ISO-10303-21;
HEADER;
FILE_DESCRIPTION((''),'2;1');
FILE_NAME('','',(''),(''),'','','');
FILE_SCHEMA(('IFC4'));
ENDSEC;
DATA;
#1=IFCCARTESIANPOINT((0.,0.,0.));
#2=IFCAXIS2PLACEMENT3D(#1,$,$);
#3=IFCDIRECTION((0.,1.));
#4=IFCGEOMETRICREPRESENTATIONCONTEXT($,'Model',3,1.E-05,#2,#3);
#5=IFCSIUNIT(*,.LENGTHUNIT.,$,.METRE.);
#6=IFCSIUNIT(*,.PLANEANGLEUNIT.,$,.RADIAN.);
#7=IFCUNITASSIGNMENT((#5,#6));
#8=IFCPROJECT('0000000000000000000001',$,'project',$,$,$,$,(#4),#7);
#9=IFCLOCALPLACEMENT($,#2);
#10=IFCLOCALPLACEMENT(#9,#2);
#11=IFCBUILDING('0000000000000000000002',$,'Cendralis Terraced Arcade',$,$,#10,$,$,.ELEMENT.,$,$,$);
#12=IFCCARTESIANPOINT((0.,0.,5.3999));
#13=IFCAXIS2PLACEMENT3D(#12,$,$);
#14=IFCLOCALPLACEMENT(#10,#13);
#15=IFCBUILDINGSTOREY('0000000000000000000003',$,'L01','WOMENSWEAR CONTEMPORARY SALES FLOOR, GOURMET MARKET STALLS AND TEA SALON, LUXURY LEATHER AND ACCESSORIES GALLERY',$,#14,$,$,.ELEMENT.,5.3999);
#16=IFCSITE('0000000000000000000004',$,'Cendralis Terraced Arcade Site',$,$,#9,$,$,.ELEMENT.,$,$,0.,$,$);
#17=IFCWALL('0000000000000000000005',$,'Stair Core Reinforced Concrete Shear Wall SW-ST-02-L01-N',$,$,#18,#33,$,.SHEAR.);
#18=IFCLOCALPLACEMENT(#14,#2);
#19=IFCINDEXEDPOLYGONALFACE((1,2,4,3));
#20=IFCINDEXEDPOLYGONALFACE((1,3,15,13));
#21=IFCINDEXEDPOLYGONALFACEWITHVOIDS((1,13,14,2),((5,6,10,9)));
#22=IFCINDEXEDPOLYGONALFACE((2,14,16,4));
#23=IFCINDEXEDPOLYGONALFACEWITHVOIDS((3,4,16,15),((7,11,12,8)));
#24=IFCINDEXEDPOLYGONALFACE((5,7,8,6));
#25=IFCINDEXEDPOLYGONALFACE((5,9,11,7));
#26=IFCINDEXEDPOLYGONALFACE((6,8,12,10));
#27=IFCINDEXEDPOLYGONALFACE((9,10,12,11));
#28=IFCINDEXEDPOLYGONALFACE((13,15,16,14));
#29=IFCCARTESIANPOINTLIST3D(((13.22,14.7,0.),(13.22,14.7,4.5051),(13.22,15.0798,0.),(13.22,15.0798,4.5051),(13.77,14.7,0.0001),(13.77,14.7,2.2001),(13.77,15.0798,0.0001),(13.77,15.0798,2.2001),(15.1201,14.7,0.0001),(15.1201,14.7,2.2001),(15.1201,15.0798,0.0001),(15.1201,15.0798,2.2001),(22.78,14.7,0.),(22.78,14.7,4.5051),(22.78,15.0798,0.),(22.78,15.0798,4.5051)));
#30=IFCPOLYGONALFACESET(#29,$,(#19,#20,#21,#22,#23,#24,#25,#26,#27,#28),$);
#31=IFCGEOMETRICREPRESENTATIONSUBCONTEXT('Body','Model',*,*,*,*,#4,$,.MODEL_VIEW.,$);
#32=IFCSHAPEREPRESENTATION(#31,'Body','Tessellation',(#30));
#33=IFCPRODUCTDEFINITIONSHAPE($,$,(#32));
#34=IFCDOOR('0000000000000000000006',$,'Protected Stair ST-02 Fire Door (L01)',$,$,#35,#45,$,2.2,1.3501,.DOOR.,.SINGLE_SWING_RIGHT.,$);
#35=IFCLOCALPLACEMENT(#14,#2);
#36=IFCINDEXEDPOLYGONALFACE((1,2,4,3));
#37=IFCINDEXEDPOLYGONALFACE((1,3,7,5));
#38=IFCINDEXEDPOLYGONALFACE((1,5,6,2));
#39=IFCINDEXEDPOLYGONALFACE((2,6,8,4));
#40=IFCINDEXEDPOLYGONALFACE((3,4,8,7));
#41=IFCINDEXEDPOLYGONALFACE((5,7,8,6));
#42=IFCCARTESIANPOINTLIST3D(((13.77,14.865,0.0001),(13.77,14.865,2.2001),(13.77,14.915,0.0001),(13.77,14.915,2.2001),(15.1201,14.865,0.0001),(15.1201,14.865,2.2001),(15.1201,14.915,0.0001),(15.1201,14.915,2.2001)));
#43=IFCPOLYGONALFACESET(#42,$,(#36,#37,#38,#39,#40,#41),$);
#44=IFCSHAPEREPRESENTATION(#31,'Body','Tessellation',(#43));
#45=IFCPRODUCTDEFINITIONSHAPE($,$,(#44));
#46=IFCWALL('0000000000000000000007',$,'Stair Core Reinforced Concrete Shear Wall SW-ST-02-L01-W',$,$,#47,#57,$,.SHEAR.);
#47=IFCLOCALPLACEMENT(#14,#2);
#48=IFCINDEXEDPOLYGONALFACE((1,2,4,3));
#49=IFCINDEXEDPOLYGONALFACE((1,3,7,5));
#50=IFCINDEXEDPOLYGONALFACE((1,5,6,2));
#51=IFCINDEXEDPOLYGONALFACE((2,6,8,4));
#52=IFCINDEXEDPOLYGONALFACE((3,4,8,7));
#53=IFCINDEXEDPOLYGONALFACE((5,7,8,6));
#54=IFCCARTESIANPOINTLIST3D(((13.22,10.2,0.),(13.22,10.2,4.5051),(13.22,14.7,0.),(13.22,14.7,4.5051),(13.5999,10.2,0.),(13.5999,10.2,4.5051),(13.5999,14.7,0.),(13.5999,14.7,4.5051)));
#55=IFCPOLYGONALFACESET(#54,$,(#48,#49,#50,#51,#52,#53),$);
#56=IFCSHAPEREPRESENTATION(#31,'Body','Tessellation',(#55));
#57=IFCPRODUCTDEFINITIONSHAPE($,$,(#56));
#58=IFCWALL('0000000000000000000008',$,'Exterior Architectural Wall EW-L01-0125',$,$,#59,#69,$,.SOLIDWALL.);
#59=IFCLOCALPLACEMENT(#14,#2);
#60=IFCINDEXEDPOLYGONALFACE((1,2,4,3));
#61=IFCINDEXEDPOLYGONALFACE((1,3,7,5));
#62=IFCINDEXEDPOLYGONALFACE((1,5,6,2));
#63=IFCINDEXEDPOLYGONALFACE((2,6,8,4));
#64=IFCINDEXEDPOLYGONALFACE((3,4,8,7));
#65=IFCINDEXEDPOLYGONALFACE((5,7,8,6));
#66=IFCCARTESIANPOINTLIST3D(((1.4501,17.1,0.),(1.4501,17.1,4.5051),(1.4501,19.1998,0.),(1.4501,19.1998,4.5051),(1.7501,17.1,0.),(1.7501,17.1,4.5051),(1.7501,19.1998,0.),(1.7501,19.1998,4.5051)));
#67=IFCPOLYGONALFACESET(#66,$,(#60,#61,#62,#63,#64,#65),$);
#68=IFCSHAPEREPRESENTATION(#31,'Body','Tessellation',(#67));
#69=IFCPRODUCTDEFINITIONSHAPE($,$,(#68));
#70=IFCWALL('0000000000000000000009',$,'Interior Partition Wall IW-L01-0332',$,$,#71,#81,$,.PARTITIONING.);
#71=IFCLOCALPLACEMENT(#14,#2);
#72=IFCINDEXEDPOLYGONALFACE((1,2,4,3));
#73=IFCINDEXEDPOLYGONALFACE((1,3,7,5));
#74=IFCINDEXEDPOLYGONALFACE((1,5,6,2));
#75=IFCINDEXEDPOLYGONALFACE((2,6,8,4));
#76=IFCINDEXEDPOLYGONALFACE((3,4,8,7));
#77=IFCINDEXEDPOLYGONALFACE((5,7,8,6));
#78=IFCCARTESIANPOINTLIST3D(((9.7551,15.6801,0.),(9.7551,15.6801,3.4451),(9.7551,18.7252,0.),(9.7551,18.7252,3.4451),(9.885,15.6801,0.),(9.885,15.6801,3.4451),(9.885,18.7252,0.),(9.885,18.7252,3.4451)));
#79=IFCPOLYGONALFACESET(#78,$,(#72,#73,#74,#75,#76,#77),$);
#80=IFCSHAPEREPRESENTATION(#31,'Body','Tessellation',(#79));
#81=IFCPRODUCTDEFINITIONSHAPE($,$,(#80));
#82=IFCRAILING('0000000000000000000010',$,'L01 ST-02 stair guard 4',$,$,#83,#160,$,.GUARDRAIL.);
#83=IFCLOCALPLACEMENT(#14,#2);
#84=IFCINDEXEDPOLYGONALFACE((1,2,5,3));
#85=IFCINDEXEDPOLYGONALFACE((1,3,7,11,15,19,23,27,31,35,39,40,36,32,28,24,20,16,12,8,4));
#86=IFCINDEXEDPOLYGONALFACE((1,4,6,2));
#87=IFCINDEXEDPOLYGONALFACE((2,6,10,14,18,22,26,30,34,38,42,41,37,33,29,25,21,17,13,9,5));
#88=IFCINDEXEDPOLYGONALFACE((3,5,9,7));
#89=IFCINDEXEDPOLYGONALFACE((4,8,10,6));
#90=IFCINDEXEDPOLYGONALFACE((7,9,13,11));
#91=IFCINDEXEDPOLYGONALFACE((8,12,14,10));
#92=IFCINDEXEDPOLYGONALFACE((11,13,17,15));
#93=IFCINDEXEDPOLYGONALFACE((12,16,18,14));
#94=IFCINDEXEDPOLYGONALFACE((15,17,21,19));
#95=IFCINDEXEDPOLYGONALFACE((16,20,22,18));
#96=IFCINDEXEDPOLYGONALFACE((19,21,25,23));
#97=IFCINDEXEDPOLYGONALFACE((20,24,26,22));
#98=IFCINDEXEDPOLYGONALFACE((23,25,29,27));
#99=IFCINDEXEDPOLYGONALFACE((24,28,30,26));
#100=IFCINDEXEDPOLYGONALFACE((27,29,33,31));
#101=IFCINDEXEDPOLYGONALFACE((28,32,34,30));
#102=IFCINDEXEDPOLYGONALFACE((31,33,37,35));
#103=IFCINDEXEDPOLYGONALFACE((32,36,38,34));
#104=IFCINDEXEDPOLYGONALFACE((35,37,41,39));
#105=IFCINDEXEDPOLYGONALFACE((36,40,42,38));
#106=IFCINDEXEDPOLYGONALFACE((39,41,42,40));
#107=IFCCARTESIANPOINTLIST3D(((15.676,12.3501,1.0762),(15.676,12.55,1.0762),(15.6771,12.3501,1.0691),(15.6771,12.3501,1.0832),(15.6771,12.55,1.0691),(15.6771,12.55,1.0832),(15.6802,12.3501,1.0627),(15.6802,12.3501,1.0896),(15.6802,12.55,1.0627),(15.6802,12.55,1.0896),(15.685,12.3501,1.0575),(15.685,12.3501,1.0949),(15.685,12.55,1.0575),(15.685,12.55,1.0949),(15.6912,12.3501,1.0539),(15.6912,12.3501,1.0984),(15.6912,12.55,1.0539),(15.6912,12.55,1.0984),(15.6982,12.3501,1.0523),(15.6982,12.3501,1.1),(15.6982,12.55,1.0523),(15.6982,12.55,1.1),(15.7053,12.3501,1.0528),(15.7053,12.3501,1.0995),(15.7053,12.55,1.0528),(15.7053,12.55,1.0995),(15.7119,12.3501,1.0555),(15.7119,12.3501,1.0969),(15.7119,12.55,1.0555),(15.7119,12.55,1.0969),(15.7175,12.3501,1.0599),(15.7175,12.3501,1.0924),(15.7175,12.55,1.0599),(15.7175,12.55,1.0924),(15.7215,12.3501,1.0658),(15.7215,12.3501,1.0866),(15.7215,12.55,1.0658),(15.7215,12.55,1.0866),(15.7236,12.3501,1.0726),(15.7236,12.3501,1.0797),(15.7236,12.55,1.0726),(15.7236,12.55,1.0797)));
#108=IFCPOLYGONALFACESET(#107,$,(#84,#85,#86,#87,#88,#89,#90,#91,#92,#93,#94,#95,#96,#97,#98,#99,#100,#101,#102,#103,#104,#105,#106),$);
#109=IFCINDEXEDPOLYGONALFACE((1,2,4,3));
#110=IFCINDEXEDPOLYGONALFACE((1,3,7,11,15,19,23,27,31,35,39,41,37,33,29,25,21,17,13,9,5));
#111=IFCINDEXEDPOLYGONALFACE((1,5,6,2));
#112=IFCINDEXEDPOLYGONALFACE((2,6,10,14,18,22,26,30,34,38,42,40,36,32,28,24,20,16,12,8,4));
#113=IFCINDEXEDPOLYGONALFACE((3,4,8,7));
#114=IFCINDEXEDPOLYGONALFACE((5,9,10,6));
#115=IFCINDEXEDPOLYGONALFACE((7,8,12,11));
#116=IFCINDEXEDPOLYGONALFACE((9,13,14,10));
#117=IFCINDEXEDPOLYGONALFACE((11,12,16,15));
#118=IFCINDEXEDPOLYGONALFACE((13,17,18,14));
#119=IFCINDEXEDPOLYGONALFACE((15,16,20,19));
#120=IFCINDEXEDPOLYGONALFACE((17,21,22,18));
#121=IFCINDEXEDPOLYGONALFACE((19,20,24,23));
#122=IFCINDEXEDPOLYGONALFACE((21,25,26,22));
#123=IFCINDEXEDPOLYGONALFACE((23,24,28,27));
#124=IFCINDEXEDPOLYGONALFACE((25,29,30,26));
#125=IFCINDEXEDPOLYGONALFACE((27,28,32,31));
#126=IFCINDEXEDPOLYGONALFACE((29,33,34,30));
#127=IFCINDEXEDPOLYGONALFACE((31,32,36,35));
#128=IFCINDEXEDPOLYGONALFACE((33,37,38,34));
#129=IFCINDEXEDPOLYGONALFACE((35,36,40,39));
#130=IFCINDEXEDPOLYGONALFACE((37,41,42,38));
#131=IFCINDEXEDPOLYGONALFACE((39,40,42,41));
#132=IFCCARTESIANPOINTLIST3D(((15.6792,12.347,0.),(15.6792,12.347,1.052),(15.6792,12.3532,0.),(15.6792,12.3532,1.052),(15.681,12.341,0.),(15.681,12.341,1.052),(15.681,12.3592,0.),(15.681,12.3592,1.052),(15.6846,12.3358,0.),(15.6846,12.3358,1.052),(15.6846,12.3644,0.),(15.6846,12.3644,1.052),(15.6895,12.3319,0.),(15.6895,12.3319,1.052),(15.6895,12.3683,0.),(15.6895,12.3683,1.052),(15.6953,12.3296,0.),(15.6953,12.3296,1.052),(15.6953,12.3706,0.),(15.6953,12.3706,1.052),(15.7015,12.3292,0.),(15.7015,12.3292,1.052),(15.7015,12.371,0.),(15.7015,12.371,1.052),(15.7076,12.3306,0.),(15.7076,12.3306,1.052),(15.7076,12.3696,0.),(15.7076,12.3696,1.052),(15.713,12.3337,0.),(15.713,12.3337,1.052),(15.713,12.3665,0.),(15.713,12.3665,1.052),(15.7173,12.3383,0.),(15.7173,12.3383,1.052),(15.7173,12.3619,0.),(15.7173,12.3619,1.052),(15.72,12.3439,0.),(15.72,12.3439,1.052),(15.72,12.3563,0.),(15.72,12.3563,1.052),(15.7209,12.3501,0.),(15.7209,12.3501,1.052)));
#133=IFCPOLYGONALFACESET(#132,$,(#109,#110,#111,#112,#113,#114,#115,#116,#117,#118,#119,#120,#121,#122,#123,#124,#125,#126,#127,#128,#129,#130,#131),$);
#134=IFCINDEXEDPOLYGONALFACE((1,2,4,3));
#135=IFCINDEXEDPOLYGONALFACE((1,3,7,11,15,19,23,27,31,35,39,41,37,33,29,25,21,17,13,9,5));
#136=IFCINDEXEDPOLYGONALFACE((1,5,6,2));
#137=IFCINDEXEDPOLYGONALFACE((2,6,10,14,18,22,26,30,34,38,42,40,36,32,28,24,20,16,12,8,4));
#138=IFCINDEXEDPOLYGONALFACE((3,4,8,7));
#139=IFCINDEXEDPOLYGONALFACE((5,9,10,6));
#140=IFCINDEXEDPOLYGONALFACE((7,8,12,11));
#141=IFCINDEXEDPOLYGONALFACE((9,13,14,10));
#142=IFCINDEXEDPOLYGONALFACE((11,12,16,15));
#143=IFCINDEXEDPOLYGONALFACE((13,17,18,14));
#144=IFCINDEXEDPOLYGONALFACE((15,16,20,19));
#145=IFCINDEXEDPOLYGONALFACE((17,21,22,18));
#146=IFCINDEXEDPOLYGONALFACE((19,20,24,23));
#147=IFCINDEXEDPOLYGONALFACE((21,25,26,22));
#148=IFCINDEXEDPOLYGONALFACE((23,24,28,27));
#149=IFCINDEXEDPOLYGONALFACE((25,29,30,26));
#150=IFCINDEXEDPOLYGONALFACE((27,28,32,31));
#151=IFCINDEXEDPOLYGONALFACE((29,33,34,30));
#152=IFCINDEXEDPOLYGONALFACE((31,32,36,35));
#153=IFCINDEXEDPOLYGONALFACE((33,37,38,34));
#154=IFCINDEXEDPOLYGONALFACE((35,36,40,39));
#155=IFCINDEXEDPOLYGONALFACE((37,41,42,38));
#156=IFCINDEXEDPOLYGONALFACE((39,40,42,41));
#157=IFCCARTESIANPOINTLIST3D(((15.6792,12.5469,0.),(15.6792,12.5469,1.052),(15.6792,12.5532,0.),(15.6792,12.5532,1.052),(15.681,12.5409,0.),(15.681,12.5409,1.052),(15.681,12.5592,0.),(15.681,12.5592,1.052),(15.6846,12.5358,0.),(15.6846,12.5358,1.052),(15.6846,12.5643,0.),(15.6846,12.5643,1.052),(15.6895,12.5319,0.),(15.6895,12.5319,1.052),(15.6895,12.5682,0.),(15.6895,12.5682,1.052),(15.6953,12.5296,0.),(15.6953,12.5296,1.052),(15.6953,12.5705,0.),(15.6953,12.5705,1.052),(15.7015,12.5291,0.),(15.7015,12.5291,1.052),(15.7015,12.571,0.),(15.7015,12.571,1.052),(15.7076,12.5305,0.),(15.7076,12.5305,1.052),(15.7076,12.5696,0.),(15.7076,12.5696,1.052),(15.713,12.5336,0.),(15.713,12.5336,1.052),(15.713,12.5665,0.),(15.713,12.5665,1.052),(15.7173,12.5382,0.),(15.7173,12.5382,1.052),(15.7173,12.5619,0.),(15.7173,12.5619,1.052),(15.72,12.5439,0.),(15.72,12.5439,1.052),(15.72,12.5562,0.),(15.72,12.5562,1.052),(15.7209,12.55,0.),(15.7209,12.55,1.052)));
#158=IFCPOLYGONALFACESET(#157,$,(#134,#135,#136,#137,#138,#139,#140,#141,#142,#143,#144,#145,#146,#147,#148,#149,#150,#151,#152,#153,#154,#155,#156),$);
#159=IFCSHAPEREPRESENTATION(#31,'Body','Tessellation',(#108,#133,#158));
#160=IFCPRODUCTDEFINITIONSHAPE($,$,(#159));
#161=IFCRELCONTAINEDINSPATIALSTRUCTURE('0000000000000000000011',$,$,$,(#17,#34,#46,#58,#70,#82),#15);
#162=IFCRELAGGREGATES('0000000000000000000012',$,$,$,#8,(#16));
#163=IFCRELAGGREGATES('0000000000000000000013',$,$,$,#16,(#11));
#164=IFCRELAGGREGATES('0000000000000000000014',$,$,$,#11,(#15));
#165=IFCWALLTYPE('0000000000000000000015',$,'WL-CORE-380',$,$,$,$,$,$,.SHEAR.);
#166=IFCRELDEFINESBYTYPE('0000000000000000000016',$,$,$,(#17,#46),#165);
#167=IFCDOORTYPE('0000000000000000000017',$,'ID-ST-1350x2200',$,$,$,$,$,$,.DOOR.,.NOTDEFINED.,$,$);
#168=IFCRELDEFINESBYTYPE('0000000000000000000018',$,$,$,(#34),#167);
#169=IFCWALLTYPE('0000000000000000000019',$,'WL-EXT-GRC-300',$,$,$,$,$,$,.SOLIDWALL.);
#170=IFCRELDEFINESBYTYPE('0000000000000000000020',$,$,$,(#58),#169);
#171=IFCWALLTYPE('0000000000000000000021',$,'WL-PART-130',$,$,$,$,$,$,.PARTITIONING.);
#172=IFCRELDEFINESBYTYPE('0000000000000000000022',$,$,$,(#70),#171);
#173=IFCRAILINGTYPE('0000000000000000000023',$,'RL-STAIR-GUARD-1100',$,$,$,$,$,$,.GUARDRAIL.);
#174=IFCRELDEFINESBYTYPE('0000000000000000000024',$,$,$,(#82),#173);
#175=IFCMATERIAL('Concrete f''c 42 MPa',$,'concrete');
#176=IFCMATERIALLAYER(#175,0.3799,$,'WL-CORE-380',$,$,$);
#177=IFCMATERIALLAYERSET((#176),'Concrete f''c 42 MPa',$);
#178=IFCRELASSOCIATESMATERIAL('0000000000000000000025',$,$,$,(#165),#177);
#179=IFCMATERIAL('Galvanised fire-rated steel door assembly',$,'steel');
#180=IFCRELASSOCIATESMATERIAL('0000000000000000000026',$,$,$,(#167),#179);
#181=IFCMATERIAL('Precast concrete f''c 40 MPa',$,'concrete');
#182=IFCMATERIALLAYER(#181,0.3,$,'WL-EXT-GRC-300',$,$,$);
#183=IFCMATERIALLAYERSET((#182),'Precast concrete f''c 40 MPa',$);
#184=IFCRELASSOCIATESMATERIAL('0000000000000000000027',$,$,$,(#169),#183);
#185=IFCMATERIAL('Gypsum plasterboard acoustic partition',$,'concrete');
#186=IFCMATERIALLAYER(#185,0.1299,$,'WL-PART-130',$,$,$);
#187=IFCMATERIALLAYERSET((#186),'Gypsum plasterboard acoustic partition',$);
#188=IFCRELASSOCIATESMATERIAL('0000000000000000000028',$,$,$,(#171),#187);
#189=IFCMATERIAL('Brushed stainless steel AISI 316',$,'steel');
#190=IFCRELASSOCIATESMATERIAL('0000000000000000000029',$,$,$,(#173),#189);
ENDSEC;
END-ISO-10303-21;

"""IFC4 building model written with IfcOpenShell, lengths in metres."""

from ifc_helpers import new_model, si_unit, direction, frame, frame_2d, origin, origin_2d, place, context, subcontext, project, spatial, rectangle, circle, extrude, material, layer, layer_set, type_object, element, fill, save


model = new_model("IFC4")

# Units and contexts
model_context = context("Model", 3, precision=1e-05, world=origin(), true_north=direction((0.0, 1.0)))
body_context = subcontext(model_context, "Body", "Model", "MODEL_VIEW")
ifc_project = project(units=[si_unit("LENGTHUNIT", "METRE"), si_unit("PLANEANGLEUNIT", "RADIAN")], contexts=[model_context])

# Site, building, storey
site_placement = place(None, origin())
site = spatial("IfcSite", under=ifc_project, at=site_placement, Name="Cendralis Terraced Arcade Site", CompositionType="ELEMENT", RefElevation=0.0)
building_placement = place(site_placement, origin())
building = spatial("IfcBuilding", under=site, at=building_placement, Name="Cendralis Terraced Arcade", CompositionType="ELEMENT")
storey_placement = place(building_placement, frame((0.0, 0.0, 5.3999)))
storey = spatial("IfcBuildingStorey", under=building, at=storey_placement, Name="L01", Description="WOMENSWEAR CONTEMPORARY SALES FLOOR, GOURMET MARKET STALLS AND TEA SALON, LUXURY LEATHER AND ACCESSORIES GALLERY", CompositionType="ELEMENT", Elevation=5.3999)

# Shared definitions
ifc_material_1 = material(Name="Concrete f'c 42 MPa", Category="concrete")

# Shared definitions
ifc_layer_1 = layer(ifc_material_1, 0.3799, Name="WL-CORE-380")
ifc_layer_set_1 = layer_set([ifc_layer_1], Name="Concrete f'c 42 MPa")
wall_type_1 = type_object("IfcWallType", Name="WL-CORE-380", PredefinedType="SHEAR", material=ifc_layer_set_1)

# Wall, opening, door
wall_1_placement = place(storey_placement, frame((13.22, 14.8899, 0.0), z_axis=(0.0, 0.0, 1.0), x_axis=(1.0, 0.0, 0.0)))
wall_1 = element("IfcWall", 1, at=wall_1_placement, inside=storey, type_object=wall_type_1, Name="Stair Core Reinforced Concrete Shear Wall SW-ST-02-L01-N", PredefinedType="SHEAR", context=body_context, shape_type="SweptSolid", body=[
    extrude(rectangle(XDim=9.5601, YDim=0.3799, at=frame_2d((4.78, 0.0))), origin(), (0.0, 0.0, 1.0), 4.5051),
])
opening_placement = place(wall_1_placement, frame((0.55, 0.0, 0.0)))
opening = element("IfcOpeningElement", 2, at=opening_placement, cuts=wall_1, PredefinedType="OPENING", context=body_context, shape_type="SweptSolid", body=[
    extrude(rectangle(XDim=1.3501, YDim=2.2, at=frame_2d((0.675, 1.1001))), frame((0.0, 0.2019, 0.0), z_axis=(0.0, -1.0, 0.0), x_axis=(1.0, 0.0, 0.0)), (0.0, 0.0, 1.0), 0.4038),
])
ifc_material_2 = material(Name="Galvanised fire-rated steel door assembly", Category="steel")
door_type = type_object("IfcDoorType", Name="ID-ST-1350x2200", OperationType="NOTDEFINED", PredefinedType="DOOR", material=ifc_material_2)
door_placement = place(opening_placement, frame((1.3501, 0.0, 0.0), z_axis=(0.0, 0.0, 1.0), x_axis=(-1.0, 0.0, 0.0)))
door = element("IfcDoor", 3, at=door_placement, inside=storey, type_object=door_type, Name="Protected Stair ST-02 Fire Door (L01)", OperationType="SINGLE_SWING_RIGHT", OverallHeight=2.2, OverallWidth=1.3501, PredefinedType="DOOR", context=body_context, shape_type="SweptSolid", body=[
    extrude(rectangle(XDim=1.3501, YDim=2.2, at=frame_2d((0.675, 1.1001))), frame((0.0, 0.0249, 0.0), z_axis=(0.0, -1.0, 0.0), x_axis=(1.0, 0.0, 0.0)), (0.0, 0.0, 1.0), 0.05),
])
fill(opening, door)

# Walls
wall_2_placement = place(storey_placement, frame((13.4099, 10.2, 0.0), z_axis=(0.0, 0.0, 1.0), x_axis=(0.0, 1.0, 0.0)))
element("IfcWall", 4, at=wall_2_placement, inside=storey, type_object=wall_type_1, Name="Stair Core Reinforced Concrete Shear Wall SW-ST-02-L01-W", PredefinedType="SHEAR", context=body_context, shape_type="SweptSolid", body=[
    extrude(rectangle(XDim=4.5, YDim=0.3799, at=frame_2d((2.25, 0.0))), origin(), (0.0, 0.0, 1.0), 4.5051),
])
ifc_material_3 = material(Name="Precast concrete f'c 40 MPa", Category="concrete")
ifc_layer_2 = layer(ifc_material_3, 0.3, Name="WL-EXT-GRC-300")
ifc_layer_set_2 = layer_set([ifc_layer_2], Name="Precast concrete f'c 40 MPa")
wall_type_2 = type_object("IfcWallType", Name="WL-EXT-GRC-300", PredefinedType="SOLIDWALL", material=ifc_layer_set_2)
wall_3_placement = place(storey_placement, frame((1.6001, 17.1001, 0.0), z_axis=(0.0, 0.0, 1.0), x_axis=(0.0, 1.0, 0.0)))
element("IfcWall", 5, at=wall_3_placement, inside=storey, type_object=wall_type_2, Name="Exterior Architectural Wall EW-L01-0125", PredefinedType="SOLIDWALL", context=body_context, shape_type="SweptSolid", body=[
    extrude(rectangle(XDim=2.0999, YDim=0.3, at=frame_2d((1.0498, 0.0))), origin(), (0.0, 0.0, 1.0), 4.5051),
])
ifc_material_4 = material(Name="Gypsum plasterboard acoustic partition", Category="concrete")
ifc_layer_3 = layer(ifc_material_4, 0.1299, Name="WL-PART-130")
ifc_layer_set_3 = layer_set([ifc_layer_3], Name="Gypsum plasterboard acoustic partition")
wall_type_3 = type_object("IfcWallType", Name="WL-PART-130", PredefinedType="PARTITIONING", material=ifc_layer_set_3)
wall_4_placement = place(storey_placement, frame((9.8201, 18.7251, 0.0), z_axis=(0.0, 0.0, 1.0), x_axis=(0.0, -1.0, 0.0)))
element("IfcWall", 6, at=wall_4_placement, inside=storey, type_object=wall_type_3, Name="Interior Partition Wall IW-L01-0332", PredefinedType="PARTITIONING", context=body_context, shape_type="SweptSolid", body=[
    extrude(rectangle(XDim=3.0452, YDim=0.1299, at=frame_2d((1.5225, 0.0))), origin(), (0.0, 0.0, 1.0), 3.4451),
])

# Railing
ifc_material_5 = material(Name="Brushed stainless steel AISI 316", Category="steel")
railing_type_1 = type_object("IfcRailingType", Name="RL-STAIR-GUARD-1100", PredefinedType="GUARDRAIL", material=ifc_material_5)
railing_1_placement = place(storey_placement, frame((15.7, 12.3501, 0.0)))
element("IfcRailing", 7, at=railing_1_placement, inside=storey, type_object=railing_type_1, Name="L01 ST-02 stair guard 4", PredefinedType="GUARDRAIL", context=body_context, shape_type="SweptSolid", body=[
    extrude(circle(Radius=0.0239, at=origin_2d()), frame((0.0, 0.0, 1.0762), z_axis=(0.0, 1.0, 0.0), x_axis=(-1.0, 0.0, 0.0)), (0.0, 0.0, 1.0), 0.2),
    extrude(circle(Radius=0.021, at=origin_2d()), origin(), (0.0, 0.0, 1.0), 1.052),
    extrude(circle(Radius=0.021, at=origin_2d()), frame((0.0, 0.2, 0.0)), (0.0, 0.0, 1.0), 1.052),
])

save(model, "model.ifc")
